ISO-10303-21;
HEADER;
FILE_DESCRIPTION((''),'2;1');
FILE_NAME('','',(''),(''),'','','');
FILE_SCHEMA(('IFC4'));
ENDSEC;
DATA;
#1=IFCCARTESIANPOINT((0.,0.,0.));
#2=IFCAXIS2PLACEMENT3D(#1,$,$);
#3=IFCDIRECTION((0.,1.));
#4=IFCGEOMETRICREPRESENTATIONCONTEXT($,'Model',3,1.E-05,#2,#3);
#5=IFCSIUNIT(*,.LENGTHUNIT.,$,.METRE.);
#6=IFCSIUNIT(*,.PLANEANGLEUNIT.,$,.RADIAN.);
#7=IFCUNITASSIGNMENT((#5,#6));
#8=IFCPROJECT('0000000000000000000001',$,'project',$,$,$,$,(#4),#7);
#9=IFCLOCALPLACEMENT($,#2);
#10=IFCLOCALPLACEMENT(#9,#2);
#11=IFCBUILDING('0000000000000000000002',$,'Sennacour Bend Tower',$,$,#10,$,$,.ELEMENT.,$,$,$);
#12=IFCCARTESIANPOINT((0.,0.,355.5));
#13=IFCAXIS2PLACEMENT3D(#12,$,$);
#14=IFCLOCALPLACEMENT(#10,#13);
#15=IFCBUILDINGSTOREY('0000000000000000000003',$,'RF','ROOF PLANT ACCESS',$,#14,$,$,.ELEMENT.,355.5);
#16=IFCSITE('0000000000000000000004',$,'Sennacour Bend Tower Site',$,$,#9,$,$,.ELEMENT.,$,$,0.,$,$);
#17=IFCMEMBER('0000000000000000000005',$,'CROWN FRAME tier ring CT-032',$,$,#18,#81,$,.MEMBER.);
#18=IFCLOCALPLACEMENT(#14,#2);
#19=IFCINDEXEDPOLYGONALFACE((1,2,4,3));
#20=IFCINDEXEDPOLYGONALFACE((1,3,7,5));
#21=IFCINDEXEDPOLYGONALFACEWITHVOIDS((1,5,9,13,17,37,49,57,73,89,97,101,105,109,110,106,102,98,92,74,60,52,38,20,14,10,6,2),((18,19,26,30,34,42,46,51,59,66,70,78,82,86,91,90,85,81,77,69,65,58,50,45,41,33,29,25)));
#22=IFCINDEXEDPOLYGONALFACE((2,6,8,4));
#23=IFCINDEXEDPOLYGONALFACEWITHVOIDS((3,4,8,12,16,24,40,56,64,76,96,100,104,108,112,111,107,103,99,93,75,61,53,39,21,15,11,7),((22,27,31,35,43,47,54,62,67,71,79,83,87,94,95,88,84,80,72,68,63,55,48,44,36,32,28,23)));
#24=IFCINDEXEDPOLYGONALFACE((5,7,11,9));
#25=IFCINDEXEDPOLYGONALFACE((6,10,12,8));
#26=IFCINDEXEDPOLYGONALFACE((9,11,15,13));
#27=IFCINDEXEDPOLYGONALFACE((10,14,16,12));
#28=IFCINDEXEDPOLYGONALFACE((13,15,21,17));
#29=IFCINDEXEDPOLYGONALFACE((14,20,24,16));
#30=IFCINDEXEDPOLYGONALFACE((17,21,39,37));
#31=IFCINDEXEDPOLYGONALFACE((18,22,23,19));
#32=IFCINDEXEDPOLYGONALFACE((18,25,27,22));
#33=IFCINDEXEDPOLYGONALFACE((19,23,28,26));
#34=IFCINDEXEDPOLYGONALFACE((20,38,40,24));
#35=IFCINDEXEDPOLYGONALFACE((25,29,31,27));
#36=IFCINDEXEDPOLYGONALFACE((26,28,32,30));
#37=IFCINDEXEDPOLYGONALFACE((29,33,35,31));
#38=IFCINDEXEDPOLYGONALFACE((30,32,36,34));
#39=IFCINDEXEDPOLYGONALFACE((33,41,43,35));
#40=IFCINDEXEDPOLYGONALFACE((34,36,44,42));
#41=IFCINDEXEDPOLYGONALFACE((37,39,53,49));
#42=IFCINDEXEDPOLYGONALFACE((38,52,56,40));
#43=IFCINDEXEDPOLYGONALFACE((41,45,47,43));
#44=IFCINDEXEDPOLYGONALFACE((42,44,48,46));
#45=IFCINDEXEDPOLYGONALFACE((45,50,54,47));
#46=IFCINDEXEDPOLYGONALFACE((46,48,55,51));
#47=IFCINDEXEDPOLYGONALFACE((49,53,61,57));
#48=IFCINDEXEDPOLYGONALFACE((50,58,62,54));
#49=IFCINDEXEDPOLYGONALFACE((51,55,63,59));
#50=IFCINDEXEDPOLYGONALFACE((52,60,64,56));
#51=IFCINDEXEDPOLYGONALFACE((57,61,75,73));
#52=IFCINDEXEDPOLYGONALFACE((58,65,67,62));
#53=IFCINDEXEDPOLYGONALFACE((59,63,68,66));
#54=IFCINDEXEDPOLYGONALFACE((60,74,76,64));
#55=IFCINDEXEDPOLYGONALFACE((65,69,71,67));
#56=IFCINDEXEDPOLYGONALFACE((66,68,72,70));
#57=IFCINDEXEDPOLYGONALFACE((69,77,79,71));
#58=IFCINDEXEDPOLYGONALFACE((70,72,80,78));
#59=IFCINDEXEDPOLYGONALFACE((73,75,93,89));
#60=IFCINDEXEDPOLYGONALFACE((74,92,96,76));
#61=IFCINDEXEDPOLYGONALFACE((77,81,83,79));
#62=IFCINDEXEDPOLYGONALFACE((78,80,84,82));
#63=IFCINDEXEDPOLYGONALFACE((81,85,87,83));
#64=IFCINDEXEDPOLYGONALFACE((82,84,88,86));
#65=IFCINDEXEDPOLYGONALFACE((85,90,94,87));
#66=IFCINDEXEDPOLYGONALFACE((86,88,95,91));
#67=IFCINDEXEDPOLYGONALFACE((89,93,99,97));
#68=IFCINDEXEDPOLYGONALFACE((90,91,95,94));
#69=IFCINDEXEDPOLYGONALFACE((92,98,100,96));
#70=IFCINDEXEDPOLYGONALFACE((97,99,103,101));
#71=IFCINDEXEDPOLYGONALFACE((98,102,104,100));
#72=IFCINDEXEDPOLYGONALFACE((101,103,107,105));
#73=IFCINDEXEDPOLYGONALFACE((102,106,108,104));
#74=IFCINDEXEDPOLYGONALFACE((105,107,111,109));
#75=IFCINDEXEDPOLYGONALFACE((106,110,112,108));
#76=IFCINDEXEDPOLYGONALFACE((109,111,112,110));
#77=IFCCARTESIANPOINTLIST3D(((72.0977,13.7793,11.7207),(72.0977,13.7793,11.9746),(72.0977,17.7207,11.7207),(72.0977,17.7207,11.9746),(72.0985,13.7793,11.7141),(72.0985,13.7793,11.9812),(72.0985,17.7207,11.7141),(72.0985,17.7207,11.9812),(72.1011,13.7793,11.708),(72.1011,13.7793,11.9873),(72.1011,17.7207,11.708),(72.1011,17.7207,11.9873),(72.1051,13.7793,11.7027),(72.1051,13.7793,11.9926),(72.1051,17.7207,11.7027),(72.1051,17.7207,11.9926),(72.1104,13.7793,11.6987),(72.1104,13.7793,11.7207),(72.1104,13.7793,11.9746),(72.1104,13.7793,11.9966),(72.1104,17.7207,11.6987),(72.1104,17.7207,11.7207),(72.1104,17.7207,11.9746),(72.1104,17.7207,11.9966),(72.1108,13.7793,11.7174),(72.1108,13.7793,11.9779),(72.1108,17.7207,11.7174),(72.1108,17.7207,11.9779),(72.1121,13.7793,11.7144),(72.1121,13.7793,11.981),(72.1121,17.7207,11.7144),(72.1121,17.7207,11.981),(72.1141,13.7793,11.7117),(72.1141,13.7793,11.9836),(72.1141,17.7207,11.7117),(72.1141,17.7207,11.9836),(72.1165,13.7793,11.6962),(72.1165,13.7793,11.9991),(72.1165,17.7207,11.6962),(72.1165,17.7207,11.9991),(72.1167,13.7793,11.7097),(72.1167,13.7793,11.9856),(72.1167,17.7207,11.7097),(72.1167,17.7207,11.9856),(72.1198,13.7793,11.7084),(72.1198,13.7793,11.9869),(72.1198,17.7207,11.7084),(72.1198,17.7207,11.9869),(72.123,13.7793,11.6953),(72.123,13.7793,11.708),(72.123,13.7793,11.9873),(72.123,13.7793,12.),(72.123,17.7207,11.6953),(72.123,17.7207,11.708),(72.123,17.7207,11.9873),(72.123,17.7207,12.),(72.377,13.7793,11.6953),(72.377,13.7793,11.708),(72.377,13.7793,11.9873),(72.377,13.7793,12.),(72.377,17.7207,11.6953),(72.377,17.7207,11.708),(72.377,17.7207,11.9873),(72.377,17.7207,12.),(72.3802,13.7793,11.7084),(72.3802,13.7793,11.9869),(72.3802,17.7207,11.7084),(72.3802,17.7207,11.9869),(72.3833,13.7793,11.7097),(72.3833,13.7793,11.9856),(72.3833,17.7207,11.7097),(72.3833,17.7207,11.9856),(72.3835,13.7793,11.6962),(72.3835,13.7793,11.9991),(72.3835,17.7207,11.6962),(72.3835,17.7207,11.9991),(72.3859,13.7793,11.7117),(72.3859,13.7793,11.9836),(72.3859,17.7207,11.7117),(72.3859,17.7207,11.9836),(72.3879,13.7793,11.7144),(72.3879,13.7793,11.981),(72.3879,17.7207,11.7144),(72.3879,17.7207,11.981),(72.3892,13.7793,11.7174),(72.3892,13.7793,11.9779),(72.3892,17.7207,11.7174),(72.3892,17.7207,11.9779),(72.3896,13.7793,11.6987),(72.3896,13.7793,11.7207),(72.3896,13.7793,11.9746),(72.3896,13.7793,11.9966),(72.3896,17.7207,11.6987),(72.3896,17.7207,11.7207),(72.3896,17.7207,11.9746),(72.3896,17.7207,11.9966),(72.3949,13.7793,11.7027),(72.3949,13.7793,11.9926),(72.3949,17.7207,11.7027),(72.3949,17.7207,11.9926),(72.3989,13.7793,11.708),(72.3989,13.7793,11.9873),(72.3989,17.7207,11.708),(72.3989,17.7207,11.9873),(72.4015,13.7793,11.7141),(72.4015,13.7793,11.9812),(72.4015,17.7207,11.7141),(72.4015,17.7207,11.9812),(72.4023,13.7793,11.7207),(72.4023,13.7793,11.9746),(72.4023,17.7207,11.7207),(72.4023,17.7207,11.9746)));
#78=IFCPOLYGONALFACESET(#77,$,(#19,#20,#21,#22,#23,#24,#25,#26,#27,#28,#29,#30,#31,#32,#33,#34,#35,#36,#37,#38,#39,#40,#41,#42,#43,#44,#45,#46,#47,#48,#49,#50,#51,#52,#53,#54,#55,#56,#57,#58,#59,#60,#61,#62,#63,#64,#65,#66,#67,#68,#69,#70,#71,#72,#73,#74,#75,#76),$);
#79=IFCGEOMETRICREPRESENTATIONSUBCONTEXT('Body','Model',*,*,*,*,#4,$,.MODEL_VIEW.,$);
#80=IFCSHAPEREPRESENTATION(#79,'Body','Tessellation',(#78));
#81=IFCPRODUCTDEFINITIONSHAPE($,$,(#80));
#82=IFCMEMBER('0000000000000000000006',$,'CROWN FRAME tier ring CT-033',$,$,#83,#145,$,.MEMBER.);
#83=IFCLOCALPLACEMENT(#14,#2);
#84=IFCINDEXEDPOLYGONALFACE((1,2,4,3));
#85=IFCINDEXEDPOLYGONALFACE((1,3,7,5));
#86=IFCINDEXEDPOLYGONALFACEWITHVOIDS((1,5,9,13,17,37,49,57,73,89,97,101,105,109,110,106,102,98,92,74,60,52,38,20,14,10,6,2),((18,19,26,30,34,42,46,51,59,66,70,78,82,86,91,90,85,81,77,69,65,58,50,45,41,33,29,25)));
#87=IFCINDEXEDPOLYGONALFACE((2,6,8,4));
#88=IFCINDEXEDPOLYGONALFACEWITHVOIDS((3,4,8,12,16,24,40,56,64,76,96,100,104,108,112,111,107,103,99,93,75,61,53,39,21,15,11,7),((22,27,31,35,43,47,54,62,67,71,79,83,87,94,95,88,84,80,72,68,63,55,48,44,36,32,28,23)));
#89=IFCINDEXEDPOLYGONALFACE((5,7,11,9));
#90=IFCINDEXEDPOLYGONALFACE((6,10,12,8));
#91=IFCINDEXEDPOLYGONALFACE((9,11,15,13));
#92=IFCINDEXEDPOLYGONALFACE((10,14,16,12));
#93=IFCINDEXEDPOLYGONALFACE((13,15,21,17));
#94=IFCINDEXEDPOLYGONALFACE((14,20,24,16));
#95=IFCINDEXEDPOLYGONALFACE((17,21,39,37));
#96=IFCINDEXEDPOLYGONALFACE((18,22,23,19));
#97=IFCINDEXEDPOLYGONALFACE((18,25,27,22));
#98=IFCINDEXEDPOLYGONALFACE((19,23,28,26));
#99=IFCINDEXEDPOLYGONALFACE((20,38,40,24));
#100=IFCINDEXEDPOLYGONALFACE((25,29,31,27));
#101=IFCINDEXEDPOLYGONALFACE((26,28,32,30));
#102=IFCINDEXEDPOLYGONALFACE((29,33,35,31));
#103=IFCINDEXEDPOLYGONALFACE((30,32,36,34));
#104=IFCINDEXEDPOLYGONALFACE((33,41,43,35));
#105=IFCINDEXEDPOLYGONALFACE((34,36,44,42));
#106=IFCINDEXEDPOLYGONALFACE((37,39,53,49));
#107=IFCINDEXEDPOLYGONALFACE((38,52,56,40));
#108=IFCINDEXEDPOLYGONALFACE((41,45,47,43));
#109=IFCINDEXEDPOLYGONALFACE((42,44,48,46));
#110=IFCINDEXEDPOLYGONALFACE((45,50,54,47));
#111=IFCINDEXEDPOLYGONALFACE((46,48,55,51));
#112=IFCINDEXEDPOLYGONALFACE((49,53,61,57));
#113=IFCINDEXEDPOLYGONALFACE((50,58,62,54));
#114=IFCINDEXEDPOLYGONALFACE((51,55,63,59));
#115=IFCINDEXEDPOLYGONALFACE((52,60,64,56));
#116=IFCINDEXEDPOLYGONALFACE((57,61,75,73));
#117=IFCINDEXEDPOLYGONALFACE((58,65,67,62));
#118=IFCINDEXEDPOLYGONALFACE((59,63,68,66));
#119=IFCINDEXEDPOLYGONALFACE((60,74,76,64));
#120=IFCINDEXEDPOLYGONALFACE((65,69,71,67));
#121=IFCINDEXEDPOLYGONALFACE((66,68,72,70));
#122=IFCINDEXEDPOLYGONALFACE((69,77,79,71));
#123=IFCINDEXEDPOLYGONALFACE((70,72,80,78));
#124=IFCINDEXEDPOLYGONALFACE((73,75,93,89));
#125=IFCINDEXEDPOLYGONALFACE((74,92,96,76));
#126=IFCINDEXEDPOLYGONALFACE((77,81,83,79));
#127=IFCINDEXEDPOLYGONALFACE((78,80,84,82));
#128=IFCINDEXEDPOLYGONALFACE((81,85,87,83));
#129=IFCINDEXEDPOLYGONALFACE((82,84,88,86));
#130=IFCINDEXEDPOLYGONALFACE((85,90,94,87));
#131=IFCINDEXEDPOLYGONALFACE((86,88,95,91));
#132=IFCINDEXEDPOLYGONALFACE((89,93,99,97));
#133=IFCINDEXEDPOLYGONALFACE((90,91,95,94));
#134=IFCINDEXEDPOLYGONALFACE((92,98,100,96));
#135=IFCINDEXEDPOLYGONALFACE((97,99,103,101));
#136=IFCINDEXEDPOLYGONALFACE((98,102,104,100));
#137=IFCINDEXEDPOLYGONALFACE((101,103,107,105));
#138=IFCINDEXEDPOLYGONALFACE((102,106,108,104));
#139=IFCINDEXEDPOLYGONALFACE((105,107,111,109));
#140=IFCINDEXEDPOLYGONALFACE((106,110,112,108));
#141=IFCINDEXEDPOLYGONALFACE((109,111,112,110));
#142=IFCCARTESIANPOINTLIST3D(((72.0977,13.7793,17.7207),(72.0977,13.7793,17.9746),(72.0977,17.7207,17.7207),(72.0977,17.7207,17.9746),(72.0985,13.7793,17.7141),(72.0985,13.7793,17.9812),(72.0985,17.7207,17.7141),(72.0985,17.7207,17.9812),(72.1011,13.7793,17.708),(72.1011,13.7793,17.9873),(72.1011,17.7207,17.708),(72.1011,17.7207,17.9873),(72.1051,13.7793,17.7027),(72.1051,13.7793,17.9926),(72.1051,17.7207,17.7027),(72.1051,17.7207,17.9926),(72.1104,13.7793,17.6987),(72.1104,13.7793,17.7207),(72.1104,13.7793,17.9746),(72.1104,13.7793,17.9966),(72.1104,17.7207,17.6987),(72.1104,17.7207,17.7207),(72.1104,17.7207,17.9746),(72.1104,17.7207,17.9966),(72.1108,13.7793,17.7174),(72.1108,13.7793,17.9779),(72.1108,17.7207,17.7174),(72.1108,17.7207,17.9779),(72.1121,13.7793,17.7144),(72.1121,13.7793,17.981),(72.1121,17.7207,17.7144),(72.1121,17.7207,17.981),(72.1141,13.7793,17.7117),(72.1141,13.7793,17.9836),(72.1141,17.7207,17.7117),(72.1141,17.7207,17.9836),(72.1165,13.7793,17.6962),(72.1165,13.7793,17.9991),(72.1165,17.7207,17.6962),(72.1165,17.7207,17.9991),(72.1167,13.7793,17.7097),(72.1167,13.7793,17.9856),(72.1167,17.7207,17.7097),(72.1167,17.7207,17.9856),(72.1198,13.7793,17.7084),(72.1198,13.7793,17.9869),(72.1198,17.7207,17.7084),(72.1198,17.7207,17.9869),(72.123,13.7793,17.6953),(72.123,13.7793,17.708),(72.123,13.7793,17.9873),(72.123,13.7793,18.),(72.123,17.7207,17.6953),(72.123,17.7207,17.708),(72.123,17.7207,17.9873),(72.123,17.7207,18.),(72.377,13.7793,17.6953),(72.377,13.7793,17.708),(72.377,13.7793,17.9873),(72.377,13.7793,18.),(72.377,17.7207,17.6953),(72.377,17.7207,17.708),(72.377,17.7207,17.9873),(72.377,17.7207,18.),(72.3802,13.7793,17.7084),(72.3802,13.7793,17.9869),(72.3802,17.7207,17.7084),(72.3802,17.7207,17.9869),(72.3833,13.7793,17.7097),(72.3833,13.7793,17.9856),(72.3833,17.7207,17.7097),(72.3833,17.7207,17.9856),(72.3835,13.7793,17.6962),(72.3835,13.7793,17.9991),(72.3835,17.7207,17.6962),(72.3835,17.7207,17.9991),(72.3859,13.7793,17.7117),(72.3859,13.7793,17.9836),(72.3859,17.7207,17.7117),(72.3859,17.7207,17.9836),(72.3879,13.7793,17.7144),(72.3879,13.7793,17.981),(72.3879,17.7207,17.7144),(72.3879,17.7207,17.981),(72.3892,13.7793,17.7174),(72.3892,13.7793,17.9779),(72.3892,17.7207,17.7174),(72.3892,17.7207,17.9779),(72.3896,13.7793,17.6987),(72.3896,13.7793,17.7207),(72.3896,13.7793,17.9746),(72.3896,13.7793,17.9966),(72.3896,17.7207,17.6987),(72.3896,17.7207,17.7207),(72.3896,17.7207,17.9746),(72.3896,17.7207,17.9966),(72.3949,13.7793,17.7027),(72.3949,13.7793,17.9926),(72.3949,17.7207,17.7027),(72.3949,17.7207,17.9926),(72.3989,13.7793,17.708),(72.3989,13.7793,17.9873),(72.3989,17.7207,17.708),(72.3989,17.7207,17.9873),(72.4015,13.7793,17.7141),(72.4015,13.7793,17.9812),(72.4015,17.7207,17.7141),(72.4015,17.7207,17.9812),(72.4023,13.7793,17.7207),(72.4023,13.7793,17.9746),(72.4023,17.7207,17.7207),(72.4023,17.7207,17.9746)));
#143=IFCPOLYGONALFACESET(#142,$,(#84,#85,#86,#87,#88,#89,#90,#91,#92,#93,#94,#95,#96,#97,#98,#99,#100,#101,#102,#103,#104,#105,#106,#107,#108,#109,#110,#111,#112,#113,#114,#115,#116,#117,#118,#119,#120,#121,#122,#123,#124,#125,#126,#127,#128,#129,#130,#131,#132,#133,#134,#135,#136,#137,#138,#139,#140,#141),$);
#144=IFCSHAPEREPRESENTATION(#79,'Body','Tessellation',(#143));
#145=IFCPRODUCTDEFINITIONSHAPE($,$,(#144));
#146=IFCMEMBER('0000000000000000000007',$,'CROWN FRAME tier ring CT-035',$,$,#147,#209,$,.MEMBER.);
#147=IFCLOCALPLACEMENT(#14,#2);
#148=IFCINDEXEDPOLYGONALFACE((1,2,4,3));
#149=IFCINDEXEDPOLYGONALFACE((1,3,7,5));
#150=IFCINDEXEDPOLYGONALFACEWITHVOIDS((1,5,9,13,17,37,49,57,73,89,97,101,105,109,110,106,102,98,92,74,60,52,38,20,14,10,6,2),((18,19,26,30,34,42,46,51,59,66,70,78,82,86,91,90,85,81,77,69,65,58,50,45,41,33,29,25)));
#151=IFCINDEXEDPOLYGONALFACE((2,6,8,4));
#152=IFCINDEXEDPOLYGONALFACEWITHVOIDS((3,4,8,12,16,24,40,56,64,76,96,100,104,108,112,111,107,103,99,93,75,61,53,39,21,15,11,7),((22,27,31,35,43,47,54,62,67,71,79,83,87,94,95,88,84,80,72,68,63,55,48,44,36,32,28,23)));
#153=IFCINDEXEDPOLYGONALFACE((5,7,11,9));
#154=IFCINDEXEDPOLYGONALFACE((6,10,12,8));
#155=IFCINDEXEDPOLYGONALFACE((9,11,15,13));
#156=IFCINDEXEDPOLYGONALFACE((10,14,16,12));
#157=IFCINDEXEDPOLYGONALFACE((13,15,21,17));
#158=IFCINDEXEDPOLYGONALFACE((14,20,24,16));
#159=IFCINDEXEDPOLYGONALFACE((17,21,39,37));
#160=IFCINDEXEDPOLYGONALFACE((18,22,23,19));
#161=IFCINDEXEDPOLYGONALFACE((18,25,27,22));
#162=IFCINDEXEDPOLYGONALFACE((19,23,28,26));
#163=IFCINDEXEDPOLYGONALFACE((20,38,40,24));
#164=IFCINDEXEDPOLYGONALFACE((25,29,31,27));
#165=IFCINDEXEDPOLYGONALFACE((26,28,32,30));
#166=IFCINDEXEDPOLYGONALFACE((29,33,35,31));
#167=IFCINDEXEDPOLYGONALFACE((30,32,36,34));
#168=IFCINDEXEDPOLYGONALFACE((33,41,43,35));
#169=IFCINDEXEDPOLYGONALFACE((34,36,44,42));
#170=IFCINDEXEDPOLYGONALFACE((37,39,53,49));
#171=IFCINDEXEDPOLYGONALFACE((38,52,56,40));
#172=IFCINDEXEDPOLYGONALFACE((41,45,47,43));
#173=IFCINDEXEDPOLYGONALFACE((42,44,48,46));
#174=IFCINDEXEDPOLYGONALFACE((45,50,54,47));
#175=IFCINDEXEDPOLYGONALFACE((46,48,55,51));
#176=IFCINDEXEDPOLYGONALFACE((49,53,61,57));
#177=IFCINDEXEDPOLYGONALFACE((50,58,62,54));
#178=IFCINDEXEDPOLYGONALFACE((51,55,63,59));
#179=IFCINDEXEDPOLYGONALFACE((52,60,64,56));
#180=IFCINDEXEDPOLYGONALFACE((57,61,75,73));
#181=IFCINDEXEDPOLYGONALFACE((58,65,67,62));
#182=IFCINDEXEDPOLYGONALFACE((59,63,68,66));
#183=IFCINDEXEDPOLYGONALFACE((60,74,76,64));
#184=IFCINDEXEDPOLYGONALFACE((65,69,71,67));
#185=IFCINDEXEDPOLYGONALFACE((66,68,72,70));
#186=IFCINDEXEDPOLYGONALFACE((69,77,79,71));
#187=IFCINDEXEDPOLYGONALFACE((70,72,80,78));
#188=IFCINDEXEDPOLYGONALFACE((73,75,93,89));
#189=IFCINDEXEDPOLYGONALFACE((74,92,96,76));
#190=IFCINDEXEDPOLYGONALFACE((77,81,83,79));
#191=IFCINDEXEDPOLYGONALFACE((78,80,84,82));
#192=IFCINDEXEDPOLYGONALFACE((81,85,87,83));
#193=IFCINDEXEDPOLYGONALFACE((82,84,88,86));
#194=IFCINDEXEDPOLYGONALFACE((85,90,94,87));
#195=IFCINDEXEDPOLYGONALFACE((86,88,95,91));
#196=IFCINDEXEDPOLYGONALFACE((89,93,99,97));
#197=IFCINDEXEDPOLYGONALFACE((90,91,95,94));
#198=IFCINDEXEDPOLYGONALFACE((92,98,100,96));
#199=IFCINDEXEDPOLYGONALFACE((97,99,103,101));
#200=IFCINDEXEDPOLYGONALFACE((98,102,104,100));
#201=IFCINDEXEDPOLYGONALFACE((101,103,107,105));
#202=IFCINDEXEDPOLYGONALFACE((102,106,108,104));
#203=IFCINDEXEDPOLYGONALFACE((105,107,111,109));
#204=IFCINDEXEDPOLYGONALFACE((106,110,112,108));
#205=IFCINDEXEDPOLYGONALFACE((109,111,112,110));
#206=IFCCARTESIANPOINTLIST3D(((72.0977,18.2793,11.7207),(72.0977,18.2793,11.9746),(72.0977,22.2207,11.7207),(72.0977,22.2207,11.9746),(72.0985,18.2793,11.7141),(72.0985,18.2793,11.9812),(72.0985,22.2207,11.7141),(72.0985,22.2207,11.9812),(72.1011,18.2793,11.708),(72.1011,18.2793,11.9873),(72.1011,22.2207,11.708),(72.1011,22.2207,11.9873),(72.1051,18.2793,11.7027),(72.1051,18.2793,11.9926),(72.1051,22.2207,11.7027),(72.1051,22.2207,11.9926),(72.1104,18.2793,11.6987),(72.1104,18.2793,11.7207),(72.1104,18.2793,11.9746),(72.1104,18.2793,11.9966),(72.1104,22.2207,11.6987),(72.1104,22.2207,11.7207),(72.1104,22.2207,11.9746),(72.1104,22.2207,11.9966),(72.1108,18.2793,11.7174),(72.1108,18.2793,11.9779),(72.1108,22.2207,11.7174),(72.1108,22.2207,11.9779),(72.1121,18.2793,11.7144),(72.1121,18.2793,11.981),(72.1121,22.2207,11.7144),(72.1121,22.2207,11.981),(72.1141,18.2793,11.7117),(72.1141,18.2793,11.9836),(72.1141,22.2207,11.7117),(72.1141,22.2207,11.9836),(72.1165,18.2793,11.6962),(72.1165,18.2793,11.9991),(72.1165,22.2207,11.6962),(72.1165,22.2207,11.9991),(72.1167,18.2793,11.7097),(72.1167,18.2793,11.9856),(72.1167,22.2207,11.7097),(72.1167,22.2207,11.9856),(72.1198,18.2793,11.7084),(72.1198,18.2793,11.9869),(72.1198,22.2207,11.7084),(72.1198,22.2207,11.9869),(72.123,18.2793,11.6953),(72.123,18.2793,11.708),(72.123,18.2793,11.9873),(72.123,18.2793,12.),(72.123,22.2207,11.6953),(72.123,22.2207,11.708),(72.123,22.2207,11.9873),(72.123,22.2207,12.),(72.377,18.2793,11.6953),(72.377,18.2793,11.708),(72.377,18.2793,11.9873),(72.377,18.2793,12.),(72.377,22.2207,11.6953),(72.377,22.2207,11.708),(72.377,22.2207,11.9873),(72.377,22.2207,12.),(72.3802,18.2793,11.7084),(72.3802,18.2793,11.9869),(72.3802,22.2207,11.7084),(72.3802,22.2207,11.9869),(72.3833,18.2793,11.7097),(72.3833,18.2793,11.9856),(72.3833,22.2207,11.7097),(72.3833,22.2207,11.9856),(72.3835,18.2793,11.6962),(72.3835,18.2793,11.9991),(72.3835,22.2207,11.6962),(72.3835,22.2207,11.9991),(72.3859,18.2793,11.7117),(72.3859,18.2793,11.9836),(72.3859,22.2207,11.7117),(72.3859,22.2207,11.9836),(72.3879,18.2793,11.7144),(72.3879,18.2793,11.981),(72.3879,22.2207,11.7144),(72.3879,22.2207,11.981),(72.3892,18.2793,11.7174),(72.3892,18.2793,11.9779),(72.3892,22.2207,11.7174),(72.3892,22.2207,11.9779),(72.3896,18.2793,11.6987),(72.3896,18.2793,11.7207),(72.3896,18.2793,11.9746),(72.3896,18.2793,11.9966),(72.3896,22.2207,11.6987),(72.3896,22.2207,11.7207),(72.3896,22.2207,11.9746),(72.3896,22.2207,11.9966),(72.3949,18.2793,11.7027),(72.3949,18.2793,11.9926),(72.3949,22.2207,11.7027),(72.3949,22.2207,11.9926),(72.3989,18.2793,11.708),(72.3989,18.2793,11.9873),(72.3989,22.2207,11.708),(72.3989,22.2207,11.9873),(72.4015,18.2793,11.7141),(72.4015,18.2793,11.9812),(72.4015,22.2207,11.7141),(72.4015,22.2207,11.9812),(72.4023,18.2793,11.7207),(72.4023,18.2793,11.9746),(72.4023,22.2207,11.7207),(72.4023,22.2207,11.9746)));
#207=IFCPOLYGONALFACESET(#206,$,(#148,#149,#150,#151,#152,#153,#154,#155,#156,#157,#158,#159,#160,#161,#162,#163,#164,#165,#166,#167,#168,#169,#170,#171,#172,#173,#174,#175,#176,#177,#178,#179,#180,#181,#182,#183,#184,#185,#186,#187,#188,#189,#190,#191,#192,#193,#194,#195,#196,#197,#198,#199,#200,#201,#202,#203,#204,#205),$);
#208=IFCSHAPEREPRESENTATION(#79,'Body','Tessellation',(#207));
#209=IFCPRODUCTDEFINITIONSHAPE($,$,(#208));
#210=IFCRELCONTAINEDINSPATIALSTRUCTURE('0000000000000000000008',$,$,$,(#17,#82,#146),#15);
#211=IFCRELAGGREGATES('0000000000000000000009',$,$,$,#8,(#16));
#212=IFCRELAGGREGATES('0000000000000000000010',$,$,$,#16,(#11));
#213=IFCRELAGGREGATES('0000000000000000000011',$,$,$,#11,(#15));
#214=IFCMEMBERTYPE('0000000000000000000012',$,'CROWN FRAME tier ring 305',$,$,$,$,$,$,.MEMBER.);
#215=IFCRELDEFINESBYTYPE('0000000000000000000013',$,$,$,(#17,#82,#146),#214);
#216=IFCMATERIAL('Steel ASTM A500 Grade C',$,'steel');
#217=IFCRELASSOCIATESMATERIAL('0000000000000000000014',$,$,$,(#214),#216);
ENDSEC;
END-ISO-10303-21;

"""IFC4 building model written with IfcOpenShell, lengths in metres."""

from ifc_helpers import new_model, si_unit, direction, frame, origin, origin_2d, place, context, subcontext, project, spatial, hollow_rectangle, extrude, material, material_profile, profile_set, type_object, element, save


model = new_model("IFC4")

# Units and contexts
model_context = context("Model", 3, precision=1e-05, world=origin(), true_north=direction((0.0, 1.0)))
body_context = subcontext(model_context, "Body", "Model", "MODEL_VIEW")
ifc_project = project(units=[si_unit("LENGTHUNIT", "METRE"), si_unit("PLANEANGLEUNIT", "RADIAN")], contexts=[model_context])

# Site, building, storey
site_placement = place(None, origin())
site = spatial("IfcSite", under=ifc_project, at=site_placement, Name="Sennacour Bend Tower Site", CompositionType="ELEMENT", RefElevation=0.0)
building_placement = place(site_placement, origin())
building = spatial("IfcBuilding", under=site, at=building_placement, Name="Sennacour Bend Tower", CompositionType="ELEMENT")
storey_placement = place(building_placement, frame((0.0, 0.0, 355.5)))
storey = spatial("IfcBuildingStorey", under=building, at=storey_placement, Name="RF", Description="ROOF PLANT ACCESS", CompositionType="ELEMENT", Elevation=355.5)

# Shared definitions
ifc_material_1 = material(Name="Steel ASTM A500 Grade C", Category="steel")

# Members
ifc_material_profile_1 = material_profile(ifc_material_1, hollow_rectangle(XDim=0.3047, YDim=0.3047, WallThickness=0.0127, InnerFilletRadius=0.0127, OuterFilletRadius=0.0254, at=origin_2d()), Name="Steel ASTM A500 Grade C", Category="steel")
ifc_profile_set_1 = profile_set([ifc_material_profile_1], Name="Steel ASTM A500 Grade C")
member_type_1 = type_object("IfcMemberType", Name="CROWN FRAME tier ring 305", PredefinedType="MEMBER", material=ifc_profile_set_1)
for number, where, z_axis, x_axis, name in (
    (1, (72.25, 13.7793, 11.8477), (0.0, 1.0, 0.0), (-1.0, 0.0, 0.0), "CROWN FRAME tier ring CT-032"),
    (2, (72.25, 13.7793, 17.8477), (0.0, 1.0, 0.0), (-1.0, 0.0, 0.0), "CROWN FRAME tier ring CT-033"),
    (3, (72.25, 18.2793, 11.8477), (0.0, 1.0, 0.0), (-1.0, 0.0, 0.0), "CROWN FRAME tier ring CT-035"),
):
    element("IfcMember", number, at=place(storey_placement, frame(where, z_axis=z_axis, x_axis=x_axis)), inside=storey, type_object=member_type_1, Name=name, PredefinedType="MEMBER", context=body_context, shape_type="SweptSolid", body=[
        extrude(hollow_rectangle(XDim=0.3047, YDim=0.3047, WallThickness=0.0127, InnerFilletRadius=0.0127, OuterFilletRadius=0.0254, at=origin_2d()), origin(), (0.0, 0.0, 1.0), 3.9414),
    ])

save(model, "model.ifc")
